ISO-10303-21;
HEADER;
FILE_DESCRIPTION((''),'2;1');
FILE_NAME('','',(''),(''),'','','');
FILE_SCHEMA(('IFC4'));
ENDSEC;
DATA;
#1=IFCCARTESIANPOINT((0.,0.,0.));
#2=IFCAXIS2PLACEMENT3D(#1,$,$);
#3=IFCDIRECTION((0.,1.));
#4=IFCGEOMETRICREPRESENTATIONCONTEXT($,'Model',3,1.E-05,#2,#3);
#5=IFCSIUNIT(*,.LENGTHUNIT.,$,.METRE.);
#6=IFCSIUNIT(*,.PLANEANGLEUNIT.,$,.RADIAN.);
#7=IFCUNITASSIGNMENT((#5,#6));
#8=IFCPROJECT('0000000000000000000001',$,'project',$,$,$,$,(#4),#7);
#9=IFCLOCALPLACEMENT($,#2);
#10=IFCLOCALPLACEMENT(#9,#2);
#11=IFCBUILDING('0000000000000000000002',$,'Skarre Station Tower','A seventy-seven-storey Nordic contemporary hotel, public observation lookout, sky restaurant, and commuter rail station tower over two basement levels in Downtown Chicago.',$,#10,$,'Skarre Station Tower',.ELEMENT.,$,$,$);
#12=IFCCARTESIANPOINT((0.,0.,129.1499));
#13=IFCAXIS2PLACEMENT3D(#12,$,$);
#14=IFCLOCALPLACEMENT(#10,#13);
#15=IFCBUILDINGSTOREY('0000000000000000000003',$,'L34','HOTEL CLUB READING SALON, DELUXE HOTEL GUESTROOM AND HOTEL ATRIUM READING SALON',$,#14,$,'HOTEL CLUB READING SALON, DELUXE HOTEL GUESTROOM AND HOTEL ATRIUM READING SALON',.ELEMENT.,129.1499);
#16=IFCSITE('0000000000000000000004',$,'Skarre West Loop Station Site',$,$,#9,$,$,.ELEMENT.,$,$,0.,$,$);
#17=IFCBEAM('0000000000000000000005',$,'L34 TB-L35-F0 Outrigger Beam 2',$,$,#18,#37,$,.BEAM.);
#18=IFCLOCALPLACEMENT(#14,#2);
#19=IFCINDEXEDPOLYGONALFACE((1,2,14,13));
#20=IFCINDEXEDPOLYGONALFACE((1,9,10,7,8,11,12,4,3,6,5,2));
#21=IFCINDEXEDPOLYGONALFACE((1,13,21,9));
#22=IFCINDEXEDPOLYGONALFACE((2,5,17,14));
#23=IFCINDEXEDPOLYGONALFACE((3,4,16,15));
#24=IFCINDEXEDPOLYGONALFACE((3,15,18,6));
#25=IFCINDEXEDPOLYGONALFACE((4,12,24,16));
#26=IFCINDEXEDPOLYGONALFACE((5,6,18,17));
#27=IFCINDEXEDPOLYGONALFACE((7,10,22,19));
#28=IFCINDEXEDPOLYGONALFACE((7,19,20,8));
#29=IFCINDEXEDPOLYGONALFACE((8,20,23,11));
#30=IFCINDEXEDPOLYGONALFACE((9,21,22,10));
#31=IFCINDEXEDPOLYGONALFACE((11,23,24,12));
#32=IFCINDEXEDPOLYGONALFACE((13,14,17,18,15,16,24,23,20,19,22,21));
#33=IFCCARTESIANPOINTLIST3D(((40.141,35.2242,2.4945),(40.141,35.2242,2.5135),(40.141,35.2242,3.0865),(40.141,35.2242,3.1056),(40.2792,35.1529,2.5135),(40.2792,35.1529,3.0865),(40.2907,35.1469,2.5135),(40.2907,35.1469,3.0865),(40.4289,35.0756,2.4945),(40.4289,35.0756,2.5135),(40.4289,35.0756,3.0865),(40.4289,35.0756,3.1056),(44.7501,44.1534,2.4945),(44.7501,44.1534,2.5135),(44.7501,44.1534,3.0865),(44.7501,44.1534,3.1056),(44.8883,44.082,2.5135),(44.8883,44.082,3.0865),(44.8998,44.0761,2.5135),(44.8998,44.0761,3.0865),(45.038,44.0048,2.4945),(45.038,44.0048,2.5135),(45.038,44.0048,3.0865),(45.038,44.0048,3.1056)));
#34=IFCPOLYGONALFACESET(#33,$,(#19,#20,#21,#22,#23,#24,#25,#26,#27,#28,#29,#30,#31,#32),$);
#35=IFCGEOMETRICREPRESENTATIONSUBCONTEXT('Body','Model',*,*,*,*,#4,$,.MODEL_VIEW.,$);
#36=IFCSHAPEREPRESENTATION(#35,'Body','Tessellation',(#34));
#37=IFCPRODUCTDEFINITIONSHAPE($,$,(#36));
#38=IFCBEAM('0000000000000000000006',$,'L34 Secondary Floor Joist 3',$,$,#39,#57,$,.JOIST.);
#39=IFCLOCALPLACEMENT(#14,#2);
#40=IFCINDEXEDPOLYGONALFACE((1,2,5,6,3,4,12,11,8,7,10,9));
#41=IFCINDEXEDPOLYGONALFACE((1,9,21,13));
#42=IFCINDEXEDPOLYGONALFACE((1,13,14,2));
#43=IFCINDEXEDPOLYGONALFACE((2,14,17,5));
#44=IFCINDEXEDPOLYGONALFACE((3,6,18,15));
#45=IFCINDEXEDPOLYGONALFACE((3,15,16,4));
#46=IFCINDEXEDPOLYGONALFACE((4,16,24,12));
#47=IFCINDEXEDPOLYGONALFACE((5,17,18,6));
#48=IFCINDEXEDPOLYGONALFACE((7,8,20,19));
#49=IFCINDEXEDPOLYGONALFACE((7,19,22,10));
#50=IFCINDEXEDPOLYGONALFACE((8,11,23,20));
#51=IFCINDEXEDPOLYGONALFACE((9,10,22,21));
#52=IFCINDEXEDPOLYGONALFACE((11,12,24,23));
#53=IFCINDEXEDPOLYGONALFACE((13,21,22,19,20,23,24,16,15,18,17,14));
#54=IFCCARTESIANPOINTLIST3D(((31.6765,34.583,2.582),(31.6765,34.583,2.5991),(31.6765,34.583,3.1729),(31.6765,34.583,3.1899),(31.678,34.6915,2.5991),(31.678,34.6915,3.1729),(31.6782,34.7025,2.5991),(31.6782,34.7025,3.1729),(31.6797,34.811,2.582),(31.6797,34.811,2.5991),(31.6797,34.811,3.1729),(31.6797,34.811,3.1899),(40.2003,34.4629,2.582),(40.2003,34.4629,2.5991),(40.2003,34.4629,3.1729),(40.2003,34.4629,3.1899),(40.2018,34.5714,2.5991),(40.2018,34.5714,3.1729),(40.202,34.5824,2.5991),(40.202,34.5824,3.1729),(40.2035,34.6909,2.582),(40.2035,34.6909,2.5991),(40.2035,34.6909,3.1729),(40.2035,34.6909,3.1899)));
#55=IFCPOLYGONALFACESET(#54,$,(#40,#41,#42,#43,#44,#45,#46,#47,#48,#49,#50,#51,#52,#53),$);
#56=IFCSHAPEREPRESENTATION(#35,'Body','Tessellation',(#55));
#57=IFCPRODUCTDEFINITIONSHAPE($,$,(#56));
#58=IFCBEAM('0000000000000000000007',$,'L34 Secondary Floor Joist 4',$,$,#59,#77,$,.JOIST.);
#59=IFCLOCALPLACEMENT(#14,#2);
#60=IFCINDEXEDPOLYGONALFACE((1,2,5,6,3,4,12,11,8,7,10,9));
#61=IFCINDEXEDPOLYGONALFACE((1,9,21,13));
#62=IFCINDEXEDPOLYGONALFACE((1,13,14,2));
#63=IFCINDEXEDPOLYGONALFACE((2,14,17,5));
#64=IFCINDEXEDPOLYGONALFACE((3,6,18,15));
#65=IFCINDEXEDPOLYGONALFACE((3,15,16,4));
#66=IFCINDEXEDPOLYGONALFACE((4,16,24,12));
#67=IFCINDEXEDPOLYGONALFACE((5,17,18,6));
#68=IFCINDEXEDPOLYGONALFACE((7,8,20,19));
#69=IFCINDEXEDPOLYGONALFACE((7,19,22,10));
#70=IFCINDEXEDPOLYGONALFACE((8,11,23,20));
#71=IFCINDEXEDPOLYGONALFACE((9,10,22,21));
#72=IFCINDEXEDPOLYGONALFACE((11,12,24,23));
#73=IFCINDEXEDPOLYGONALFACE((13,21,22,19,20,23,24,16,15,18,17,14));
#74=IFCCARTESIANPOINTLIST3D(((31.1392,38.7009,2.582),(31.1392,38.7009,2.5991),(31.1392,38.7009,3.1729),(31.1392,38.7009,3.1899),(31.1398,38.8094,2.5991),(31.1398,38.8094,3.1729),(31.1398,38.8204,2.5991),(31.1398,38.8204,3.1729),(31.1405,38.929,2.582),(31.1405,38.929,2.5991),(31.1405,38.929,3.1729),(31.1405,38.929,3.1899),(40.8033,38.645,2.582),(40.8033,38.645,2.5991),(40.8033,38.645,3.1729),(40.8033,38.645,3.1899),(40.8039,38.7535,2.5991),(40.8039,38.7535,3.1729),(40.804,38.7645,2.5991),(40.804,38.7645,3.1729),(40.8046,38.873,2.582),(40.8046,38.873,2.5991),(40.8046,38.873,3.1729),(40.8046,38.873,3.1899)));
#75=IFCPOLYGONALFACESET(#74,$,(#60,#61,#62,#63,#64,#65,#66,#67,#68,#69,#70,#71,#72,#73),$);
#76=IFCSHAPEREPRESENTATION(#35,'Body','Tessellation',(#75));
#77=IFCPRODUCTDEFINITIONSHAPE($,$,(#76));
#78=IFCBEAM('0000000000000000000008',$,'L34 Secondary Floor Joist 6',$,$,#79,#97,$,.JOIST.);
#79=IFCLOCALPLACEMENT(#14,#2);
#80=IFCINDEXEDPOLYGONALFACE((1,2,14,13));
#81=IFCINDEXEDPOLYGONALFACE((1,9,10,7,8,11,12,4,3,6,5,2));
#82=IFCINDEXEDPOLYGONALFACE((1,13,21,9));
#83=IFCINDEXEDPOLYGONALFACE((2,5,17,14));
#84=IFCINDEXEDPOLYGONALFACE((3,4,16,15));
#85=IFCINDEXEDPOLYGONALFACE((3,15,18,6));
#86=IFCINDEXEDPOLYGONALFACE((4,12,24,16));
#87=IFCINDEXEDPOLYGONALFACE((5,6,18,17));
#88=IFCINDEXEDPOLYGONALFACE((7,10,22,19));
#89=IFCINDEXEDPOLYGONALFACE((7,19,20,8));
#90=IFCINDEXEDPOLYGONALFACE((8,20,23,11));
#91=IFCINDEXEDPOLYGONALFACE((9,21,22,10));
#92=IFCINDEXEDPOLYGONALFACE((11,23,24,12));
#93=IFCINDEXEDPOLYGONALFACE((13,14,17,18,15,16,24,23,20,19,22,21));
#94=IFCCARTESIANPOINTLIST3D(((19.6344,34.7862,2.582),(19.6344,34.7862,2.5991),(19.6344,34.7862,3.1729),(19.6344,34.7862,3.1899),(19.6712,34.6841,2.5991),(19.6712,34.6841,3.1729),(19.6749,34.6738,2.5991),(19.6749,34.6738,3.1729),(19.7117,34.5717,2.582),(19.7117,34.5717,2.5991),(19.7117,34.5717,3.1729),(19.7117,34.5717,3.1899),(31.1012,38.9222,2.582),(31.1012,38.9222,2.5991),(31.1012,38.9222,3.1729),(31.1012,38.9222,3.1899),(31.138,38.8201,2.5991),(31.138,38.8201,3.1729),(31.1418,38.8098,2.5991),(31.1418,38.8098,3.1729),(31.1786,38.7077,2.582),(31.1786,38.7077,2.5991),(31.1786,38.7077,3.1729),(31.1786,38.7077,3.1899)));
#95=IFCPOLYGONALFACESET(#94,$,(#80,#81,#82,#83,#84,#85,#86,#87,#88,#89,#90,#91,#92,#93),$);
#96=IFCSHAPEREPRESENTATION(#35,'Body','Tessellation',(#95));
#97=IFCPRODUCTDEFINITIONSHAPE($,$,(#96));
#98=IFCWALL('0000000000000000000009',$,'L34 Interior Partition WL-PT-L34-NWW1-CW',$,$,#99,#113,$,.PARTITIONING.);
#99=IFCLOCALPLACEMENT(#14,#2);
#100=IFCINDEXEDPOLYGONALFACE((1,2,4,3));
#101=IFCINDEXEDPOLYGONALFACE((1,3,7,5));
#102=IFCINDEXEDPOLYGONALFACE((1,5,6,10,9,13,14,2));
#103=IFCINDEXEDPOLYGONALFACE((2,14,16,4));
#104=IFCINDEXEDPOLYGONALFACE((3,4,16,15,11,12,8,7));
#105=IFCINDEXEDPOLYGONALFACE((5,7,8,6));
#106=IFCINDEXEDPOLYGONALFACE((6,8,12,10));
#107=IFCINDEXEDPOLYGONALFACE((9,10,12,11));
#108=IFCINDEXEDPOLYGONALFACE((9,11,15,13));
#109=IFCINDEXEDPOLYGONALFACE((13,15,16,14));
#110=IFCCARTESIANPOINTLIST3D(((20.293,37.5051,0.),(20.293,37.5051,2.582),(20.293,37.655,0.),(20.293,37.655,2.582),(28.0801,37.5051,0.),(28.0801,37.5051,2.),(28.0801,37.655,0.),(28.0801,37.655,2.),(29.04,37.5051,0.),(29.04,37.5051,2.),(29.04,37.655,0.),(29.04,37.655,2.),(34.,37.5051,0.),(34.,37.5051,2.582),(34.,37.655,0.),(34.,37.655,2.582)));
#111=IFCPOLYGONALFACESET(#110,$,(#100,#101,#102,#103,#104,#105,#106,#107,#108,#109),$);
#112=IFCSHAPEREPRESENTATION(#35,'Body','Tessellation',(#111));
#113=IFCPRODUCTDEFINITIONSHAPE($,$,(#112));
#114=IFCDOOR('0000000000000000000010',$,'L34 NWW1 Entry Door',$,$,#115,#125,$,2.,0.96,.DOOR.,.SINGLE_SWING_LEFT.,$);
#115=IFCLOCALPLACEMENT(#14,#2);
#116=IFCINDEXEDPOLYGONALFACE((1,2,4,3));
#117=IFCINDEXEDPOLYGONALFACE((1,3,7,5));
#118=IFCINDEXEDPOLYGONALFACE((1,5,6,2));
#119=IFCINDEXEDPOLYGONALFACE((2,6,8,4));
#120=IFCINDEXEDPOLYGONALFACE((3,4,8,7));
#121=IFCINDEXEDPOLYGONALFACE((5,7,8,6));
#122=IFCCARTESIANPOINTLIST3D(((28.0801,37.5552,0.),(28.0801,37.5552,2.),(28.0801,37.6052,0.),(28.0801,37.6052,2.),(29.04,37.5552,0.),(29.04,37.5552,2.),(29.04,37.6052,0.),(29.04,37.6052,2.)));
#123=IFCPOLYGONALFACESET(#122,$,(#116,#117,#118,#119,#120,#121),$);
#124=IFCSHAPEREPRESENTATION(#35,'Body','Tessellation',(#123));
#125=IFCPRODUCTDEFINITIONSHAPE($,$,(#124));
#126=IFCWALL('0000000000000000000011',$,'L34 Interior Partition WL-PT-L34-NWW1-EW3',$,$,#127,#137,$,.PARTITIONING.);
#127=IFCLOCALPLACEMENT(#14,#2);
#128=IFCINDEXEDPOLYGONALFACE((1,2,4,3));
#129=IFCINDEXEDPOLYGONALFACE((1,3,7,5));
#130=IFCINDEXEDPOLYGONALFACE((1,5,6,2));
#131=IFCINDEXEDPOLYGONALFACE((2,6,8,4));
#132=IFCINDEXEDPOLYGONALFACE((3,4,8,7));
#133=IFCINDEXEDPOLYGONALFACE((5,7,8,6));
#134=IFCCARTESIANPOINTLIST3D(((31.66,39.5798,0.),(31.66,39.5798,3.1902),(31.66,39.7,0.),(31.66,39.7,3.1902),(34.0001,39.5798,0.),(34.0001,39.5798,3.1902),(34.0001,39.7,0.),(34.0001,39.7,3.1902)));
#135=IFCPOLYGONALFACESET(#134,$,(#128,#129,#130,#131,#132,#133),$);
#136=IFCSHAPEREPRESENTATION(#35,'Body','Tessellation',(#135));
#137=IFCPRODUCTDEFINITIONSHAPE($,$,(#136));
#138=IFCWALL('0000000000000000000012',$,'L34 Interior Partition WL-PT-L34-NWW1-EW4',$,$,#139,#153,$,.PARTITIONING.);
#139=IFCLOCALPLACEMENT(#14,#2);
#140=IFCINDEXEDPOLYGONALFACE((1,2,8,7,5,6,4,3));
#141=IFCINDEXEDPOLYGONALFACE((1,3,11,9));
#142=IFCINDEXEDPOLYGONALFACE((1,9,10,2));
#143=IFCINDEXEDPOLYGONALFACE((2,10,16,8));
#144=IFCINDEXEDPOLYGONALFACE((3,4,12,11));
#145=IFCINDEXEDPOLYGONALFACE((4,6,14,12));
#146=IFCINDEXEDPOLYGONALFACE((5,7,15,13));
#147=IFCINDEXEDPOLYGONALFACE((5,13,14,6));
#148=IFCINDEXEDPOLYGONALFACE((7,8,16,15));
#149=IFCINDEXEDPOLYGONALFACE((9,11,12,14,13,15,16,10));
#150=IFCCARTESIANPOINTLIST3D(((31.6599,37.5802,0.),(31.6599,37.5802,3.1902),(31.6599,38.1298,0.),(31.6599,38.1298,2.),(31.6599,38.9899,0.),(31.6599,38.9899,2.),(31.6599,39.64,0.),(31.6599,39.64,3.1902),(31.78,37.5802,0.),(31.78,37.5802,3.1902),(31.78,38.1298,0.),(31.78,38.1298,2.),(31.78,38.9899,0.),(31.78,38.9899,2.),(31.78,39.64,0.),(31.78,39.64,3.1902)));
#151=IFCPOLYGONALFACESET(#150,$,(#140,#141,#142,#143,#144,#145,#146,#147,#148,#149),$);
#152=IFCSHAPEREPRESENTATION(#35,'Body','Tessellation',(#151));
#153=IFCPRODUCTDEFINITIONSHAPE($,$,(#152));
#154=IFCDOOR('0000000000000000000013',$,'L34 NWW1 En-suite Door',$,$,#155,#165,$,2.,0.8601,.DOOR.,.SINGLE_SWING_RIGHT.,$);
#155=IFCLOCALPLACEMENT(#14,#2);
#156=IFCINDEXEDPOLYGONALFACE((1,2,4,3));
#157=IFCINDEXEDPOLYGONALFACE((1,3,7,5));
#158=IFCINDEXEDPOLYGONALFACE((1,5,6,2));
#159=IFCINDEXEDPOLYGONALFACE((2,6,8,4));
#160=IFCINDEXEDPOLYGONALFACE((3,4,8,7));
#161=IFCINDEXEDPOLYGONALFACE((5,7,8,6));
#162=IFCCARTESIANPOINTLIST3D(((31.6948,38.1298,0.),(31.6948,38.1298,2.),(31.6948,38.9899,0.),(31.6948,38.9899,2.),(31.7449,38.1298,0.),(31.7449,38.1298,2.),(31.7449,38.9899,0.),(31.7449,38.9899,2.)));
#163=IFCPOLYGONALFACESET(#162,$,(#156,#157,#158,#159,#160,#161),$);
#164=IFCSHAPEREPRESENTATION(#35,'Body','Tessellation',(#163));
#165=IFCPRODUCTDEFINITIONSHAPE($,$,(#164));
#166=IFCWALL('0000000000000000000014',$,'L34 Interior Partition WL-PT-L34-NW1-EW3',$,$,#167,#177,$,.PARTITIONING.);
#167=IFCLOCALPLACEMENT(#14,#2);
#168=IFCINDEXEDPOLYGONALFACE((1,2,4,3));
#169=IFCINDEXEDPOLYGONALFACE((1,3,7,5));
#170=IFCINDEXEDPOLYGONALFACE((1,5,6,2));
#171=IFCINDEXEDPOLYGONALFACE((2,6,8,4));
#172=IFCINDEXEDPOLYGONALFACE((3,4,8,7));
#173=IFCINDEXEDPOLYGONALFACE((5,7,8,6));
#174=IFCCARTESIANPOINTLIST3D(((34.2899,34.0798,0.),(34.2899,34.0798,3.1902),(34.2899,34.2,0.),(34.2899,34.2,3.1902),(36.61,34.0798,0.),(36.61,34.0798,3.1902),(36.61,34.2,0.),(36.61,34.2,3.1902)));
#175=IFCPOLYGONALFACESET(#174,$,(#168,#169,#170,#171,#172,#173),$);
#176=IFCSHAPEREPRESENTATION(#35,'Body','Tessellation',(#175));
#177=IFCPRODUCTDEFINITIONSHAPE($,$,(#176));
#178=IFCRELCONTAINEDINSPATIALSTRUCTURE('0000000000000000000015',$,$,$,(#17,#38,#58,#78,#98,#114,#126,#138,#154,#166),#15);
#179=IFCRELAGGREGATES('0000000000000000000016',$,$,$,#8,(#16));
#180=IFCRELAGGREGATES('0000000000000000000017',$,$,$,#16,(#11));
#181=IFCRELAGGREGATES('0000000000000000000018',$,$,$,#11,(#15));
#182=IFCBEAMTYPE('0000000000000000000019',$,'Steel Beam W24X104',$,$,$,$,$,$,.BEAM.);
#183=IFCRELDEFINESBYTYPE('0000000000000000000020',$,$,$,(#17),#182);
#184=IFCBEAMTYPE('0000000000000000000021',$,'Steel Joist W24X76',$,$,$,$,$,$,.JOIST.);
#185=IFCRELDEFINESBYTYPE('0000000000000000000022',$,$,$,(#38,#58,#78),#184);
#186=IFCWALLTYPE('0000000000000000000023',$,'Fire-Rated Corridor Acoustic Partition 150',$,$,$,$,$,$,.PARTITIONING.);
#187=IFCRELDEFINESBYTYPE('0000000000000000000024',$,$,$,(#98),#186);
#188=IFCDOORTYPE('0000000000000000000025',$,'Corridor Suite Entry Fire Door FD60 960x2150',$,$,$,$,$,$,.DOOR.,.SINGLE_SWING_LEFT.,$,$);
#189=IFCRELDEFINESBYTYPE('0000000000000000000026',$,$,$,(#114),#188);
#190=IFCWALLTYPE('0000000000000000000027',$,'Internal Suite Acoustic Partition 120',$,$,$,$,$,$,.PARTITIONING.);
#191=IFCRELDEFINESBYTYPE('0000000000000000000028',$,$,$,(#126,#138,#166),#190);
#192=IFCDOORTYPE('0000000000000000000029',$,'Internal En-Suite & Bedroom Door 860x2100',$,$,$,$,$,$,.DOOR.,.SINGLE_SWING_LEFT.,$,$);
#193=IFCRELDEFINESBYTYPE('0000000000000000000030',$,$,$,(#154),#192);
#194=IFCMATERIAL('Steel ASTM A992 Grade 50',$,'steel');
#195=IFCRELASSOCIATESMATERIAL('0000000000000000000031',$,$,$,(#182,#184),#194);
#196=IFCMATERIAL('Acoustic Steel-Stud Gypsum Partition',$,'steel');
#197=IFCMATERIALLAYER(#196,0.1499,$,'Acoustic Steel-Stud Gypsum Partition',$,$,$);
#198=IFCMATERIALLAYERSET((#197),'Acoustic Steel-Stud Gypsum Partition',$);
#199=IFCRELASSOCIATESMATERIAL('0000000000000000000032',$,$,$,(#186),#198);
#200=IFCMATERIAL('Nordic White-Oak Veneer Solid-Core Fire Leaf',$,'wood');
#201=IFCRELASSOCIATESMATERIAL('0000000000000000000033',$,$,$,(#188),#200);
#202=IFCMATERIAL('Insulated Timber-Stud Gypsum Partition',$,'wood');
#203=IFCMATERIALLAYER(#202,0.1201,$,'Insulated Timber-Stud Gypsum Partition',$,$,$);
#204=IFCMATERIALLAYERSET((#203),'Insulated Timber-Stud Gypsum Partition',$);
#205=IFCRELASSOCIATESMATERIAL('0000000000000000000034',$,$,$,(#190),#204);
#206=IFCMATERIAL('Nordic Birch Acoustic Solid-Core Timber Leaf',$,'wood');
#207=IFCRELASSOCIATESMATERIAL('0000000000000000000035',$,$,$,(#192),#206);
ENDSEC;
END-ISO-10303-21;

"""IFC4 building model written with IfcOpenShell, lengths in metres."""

from ifc_helpers import new_model, si_unit, direction, frame, frame_2d, origin, origin_2d, place, context, subcontext, project, spatial, rectangle, i_section, extrude, material, layer, layer_set, material_profile, profile_set, type_object, element, fill, save


model = new_model("IFC4")

# Units and contexts
model_context = context("Model", 3, precision=1e-05, world=origin(), true_north=direction((0.0, 1.0)))
body_context = subcontext(model_context, "Body", "Model", "MODEL_VIEW")
ifc_project = project(units=[si_unit("LENGTHUNIT", "METRE"), si_unit("PLANEANGLEUNIT", "RADIAN")], contexts=[model_context])

# Site, building, storey
site_placement = place(None, origin())
site = spatial("IfcSite", under=ifc_project, at=site_placement, Name="Skarre West Loop Station Site", CompositionType="ELEMENT", RefElevation=0.0)
building_placement = place(site_placement, origin())
building = spatial("IfcBuilding", under=site, at=building_placement, Name="Skarre Station Tower", Description="A seventy-seven-storey Nordic contemporary hotel, public observation lookout, sky restaurant, and commuter rail station tower over two basement levels in Downtown Chicago.", LongName="Skarre Station Tower", CompositionType="ELEMENT")
storey_placement = place(building_placement, frame((0.0, 0.0, 129.1499)))
storey = spatial("IfcBuildingStorey", under=building, at=storey_placement, Name="L34", Description="HOTEL CLUB READING SALON, DELUXE HOTEL GUESTROOM AND HOTEL ATRIUM READING SALON", LongName="HOTEL CLUB READING SALON, DELUXE HOTEL GUESTROOM AND HOTEL ATRIUM READING SALON", CompositionType="ELEMENT", Elevation=129.1499)

# Beams
ifc_material_1 = material(Name="Steel ASTM A992 Grade 50", Category="steel")
ifc_material_profile_1 = material_profile(ifc_material_1, i_section(OverallWidth=0.324, OverallDepth=0.6111, WebThickness=0.0129, FlangeThickness=0.019, at=origin_2d()), Name="Steel ASTM A992 Grade 50")
ifc_profile_set_1 = profile_set([ifc_material_profile_1], Name="Steel ASTM A992 Grade 50")
beam_type_1 = type_object("IfcBeamType", Name="Steel Beam W24X104", PredefinedType="BEAM", material=ifc_profile_set_1)
beam_1_placement = place(storey_placement, frame((40.2849, 35.1499, 2.8), z_axis=(0.458683, 0.8886, 0.0), x_axis=(-0.8886, 0.458683, 0.0)))
element("IfcBeam", 1, at=beam_1_placement, inside=storey, type_object=beam_type_1, Name="L34 TB-L35-F0 Outrigger Beam 2", PredefinedType="BEAM", context=body_context, shape_type="SweptSolid", body=[
    extrude(i_section(OverallWidth=0.324, OverallDepth=0.6111, WebThickness=0.0129, FlangeThickness=0.019, at=origin_2d()), origin(), (0.0, 0.0, 1.0), 10.0486),
])
ifc_material_profile_2 = material_profile(ifc_material_1, i_section(OverallWidth=0.228, OverallDepth=0.6079, WebThickness=0.011, FlangeThickness=0.0171, at=origin_2d()), Name="Steel ASTM A992 Grade 50")
ifc_profile_set_2 = profile_set([ifc_material_profile_2], Name="Steel ASTM A992 Grade 50")
beam_type_2 = type_object("IfcBeamType", Name="Steel Joist W24X76", PredefinedType="JOIST", material=ifc_profile_set_2)
beam_2_placement = place(storey_placement, frame((40.2019, 34.5769, 2.886), z_axis=(-0.999901, 0.01409, 0.0), x_axis=(-0.01409, -0.999901, 0.0)))
element("IfcBeam", 2, at=beam_2_placement, inside=storey, type_object=beam_type_2, Name="L34 Secondary Floor Joist 3", PredefinedType="JOIST", context=body_context, shape_type="SweptSolid", body=[
    extrude(i_section(OverallWidth=0.228, OverallDepth=0.6079, WebThickness=0.011, FlangeThickness=0.0171, at=origin_2d()), origin(), (0.0, 0.0, 1.0), 8.5247),
])
beam_3_placement = place(storey_placement, frame((40.804, 38.759, 2.886), z_axis=(-0.999983, 0.005785, 0.0), x_axis=(-0.005785, -0.999983, 0.0)))
element("IfcBeam", 3, at=beam_3_placement, inside=storey, type_object=beam_type_2, Name="L34 Secondary Floor Joist 4", PredefinedType="JOIST", context=body_context, shape_type="SweptSolid", body=[
    extrude(i_section(OverallWidth=0.228, OverallDepth=0.6079, WebThickness=0.011, FlangeThickness=0.0171, at=origin_2d()), origin(), (0.0, 0.0, 1.0), 9.6643),
])
beam_4_placement = place(storey_placement, frame((31.1399, 38.8149, 2.886), z_axis=(-0.94068, -0.339296, 0.0), x_axis=(0.339296, -0.94068, 0.0)))
element("IfcBeam", 4, at=beam_4_placement, inside=storey, type_object=beam_type_2, Name="L34 Secondary Floor Joist 6", PredefinedType="JOIST", context=body_context, shape_type="SweptSolid", body=[
    extrude(i_section(OverallWidth=0.228, OverallDepth=0.6079, WebThickness=0.011, FlangeThickness=0.0171, at=origin_2d()), origin(), (0.0, 0.0, 1.0), 12.1899),
])

# Wall, opening, door
ifc_material_2 = material(Name="Acoustic Steel-Stud Gypsum Partition", Category="steel")
ifc_layer_1 = layer(ifc_material_2, 0.1499, Name="Acoustic Steel-Stud Gypsum Partition")
ifc_layer_set_1 = layer_set([ifc_layer_1], Name="Acoustic Steel-Stud Gypsum Partition")
wall_type_1 = type_object("IfcWallType", Name="Fire-Rated Corridor Acoustic Partition 150", PredefinedType="PARTITIONING", material=ifc_layer_set_1)
wall_1_placement = place(storey_placement, frame((34.0, 37.5801, 0.0), z_axis=(0.0, 0.0, 1.0), x_axis=(-1.0, 0.0, 0.0)))
wall_1 = element("IfcWall", 5, at=wall_1_placement, inside=storey, type_object=wall_type_1, Name="L34 Interior Partition WL-PT-L34-NWW1-CW", PredefinedType="PARTITIONING", context=body_context, shape_type="SweptSolid", body=[
    extrude(rectangle(XDim=13.707, YDim=0.1499, at=frame_2d((6.8535, 0.0))), origin(), (0.0, 0.0, 1.0), 2.582),
])
opening_1_placement = place(wall_1_placement, frame((4.96, 0.0, 0.0)))
opening_1 = element("IfcOpeningElement", 6, at=opening_1_placement, cuts=wall_1, PredefinedType="OPENING", context=body_context, shape_type="SweptSolid", body=[
    extrude(rectangle(XDim=0.96, YDim=2.0, at=frame_2d((0.48, 1.0))), frame((0.0, 0.085, 0.0), z_axis=(0.0, -1.0, 0.0), x_axis=(1.0, 0.0, 0.0)), (0.0, 0.0, 1.0), 0.1699),
])
ifc_material_3 = material(Name="Nordic White-Oak Veneer Solid-Core Fire Leaf", Category="wood")
door_type_1 = type_object("IfcDoorType", Name="Corridor Suite Entry Fire Door FD60 960x2150", OperationType="SINGLE_SWING_LEFT", PredefinedType="DOOR", material=ifc_material_3)
door_1_placement = place(opening_1_placement, origin())
door_1 = element("IfcDoor", 7, at=door_1_placement, inside=storey, type_object=door_type_1, Name="L34 NWW1 Entry Door", OperationType="SINGLE_SWING_LEFT", OverallHeight=2.0, OverallWidth=0.96, PredefinedType="DOOR", context=body_context, shape_type="SweptSolid", body=[
    extrude(rectangle(XDim=0.96, YDim=2.0, at=frame_2d((0.48, 1.0))), frame((0.0, 0.0249, 0.0), z_axis=(0.0, -1.0, 0.0), x_axis=(1.0, 0.0, 0.0)), (0.0, 0.0, 1.0), 0.05),
])
fill(opening_1, door_1)

# Wall
ifc_material_4 = material(Name="Insulated Timber-Stud Gypsum Partition", Category="wood")
ifc_layer_2 = layer(ifc_material_4, 0.1201, Name="Insulated Timber-Stud Gypsum Partition")
ifc_layer_set_2 = layer_set([ifc_layer_2], Name="Insulated Timber-Stud Gypsum Partition")
wall_type_2 = type_object("IfcWallType", Name="Internal Suite Acoustic Partition 120", PredefinedType="PARTITIONING", material=ifc_layer_set_2)
wall_2_placement = place(storey_placement, frame((34.0, 39.6399, 0.0), z_axis=(0.0, 0.0, 1.0), x_axis=(-1.0, 0.0, 0.0)))
element("IfcWall", 8, at=wall_2_placement, inside=storey, type_object=wall_type_2, Name="L34 Interior Partition WL-PT-L34-NWW1-EW3", PredefinedType="PARTITIONING", context=body_context, shape_type="SweptSolid", body=[
    extrude(rectangle(XDim=2.3401, YDim=0.1201, at=frame_2d((1.1699, 0.0))), origin(), (0.0, 0.0, 1.0), 3.1902),
])

# Wall, opening, door
wall_3_placement = place(storey_placement, frame((31.72, 39.6399, 0.0), z_axis=(0.0, 0.0, 1.0), x_axis=(0.0, -1.0, 0.0)))
wall_3 = element("IfcWall", 9, at=wall_3_placement, inside=storey, type_object=wall_type_2, Name="L34 Interior Partition WL-PT-L34-NWW1-EW4", PredefinedType="PARTITIONING", context=body_context, shape_type="SweptSolid", body=[
    extrude(rectangle(XDim=2.0598, YDim=0.1201, at=frame_2d((1.0298, 0.0))), origin(), (0.0, 0.0, 1.0), 3.1902),
])
opening_2_placement = place(wall_3_placement, frame((0.6499, 0.0, 0.0)))
opening_2 = element("IfcOpeningElement", 10, at=opening_2_placement, cuts=wall_3, PredefinedType="OPENING", context=body_context, shape_type="SweptSolid", body=[
    extrude(rectangle(XDim=0.8601, YDim=2.0, at=frame_2d((0.4302, 1.0))), frame((0.0, 0.0701, 0.0), z_axis=(0.0, -1.0, 0.0), x_axis=(1.0, 0.0, 0.0)), (0.0, 0.0, 1.0), 0.1401),
])
ifc_material_5 = material(Name="Nordic Birch Acoustic Solid-Core Timber Leaf", Category="wood")
door_type_2 = type_object("IfcDoorType", Name="Internal En-Suite & Bedroom Door 860x2100", OperationType="SINGLE_SWING_LEFT", PredefinedType="DOOR", material=ifc_material_5)
door_2_placement = place(opening_2_placement, origin())
door_2 = element("IfcDoor", 11, at=door_2_placement, inside=storey, type_object=door_type_2, Name="L34 NWW1 En-suite Door", OperationType="SINGLE_SWING_RIGHT", OverallHeight=2.0, OverallWidth=0.8601, PredefinedType="DOOR", context=body_context, shape_type="SweptSolid", body=[
    extrude(rectangle(XDim=0.8601, YDim=2.0, at=frame_2d((0.4302, 1.0))), frame((0.0, 0.0249, 0.0), z_axis=(0.0, -1.0, 0.0), x_axis=(1.0, 0.0, 0.0)), (0.0, 0.0, 1.0), 0.05),
])
fill(opening_2, door_2)

# Wall
wall_4_placement = place(storey_placement, frame((36.6101, 34.1399, 0.0), z_axis=(0.0, 0.0, 1.0), x_axis=(-1.0, 0.0, 0.0)))
element("IfcWall", 12, at=wall_4_placement, inside=storey, type_object=wall_type_2, Name="L34 Interior Partition WL-PT-L34-NW1-EW3", PredefinedType="PARTITIONING", context=body_context, shape_type="SweptSolid", body=[
    extrude(rectangle(XDim=2.3201, YDim=0.1201, at=frame_2d((1.1602, 0.0))), origin(), (0.0, 0.0, 1.0), 3.1902),
])

save(model, "model.ifc")
